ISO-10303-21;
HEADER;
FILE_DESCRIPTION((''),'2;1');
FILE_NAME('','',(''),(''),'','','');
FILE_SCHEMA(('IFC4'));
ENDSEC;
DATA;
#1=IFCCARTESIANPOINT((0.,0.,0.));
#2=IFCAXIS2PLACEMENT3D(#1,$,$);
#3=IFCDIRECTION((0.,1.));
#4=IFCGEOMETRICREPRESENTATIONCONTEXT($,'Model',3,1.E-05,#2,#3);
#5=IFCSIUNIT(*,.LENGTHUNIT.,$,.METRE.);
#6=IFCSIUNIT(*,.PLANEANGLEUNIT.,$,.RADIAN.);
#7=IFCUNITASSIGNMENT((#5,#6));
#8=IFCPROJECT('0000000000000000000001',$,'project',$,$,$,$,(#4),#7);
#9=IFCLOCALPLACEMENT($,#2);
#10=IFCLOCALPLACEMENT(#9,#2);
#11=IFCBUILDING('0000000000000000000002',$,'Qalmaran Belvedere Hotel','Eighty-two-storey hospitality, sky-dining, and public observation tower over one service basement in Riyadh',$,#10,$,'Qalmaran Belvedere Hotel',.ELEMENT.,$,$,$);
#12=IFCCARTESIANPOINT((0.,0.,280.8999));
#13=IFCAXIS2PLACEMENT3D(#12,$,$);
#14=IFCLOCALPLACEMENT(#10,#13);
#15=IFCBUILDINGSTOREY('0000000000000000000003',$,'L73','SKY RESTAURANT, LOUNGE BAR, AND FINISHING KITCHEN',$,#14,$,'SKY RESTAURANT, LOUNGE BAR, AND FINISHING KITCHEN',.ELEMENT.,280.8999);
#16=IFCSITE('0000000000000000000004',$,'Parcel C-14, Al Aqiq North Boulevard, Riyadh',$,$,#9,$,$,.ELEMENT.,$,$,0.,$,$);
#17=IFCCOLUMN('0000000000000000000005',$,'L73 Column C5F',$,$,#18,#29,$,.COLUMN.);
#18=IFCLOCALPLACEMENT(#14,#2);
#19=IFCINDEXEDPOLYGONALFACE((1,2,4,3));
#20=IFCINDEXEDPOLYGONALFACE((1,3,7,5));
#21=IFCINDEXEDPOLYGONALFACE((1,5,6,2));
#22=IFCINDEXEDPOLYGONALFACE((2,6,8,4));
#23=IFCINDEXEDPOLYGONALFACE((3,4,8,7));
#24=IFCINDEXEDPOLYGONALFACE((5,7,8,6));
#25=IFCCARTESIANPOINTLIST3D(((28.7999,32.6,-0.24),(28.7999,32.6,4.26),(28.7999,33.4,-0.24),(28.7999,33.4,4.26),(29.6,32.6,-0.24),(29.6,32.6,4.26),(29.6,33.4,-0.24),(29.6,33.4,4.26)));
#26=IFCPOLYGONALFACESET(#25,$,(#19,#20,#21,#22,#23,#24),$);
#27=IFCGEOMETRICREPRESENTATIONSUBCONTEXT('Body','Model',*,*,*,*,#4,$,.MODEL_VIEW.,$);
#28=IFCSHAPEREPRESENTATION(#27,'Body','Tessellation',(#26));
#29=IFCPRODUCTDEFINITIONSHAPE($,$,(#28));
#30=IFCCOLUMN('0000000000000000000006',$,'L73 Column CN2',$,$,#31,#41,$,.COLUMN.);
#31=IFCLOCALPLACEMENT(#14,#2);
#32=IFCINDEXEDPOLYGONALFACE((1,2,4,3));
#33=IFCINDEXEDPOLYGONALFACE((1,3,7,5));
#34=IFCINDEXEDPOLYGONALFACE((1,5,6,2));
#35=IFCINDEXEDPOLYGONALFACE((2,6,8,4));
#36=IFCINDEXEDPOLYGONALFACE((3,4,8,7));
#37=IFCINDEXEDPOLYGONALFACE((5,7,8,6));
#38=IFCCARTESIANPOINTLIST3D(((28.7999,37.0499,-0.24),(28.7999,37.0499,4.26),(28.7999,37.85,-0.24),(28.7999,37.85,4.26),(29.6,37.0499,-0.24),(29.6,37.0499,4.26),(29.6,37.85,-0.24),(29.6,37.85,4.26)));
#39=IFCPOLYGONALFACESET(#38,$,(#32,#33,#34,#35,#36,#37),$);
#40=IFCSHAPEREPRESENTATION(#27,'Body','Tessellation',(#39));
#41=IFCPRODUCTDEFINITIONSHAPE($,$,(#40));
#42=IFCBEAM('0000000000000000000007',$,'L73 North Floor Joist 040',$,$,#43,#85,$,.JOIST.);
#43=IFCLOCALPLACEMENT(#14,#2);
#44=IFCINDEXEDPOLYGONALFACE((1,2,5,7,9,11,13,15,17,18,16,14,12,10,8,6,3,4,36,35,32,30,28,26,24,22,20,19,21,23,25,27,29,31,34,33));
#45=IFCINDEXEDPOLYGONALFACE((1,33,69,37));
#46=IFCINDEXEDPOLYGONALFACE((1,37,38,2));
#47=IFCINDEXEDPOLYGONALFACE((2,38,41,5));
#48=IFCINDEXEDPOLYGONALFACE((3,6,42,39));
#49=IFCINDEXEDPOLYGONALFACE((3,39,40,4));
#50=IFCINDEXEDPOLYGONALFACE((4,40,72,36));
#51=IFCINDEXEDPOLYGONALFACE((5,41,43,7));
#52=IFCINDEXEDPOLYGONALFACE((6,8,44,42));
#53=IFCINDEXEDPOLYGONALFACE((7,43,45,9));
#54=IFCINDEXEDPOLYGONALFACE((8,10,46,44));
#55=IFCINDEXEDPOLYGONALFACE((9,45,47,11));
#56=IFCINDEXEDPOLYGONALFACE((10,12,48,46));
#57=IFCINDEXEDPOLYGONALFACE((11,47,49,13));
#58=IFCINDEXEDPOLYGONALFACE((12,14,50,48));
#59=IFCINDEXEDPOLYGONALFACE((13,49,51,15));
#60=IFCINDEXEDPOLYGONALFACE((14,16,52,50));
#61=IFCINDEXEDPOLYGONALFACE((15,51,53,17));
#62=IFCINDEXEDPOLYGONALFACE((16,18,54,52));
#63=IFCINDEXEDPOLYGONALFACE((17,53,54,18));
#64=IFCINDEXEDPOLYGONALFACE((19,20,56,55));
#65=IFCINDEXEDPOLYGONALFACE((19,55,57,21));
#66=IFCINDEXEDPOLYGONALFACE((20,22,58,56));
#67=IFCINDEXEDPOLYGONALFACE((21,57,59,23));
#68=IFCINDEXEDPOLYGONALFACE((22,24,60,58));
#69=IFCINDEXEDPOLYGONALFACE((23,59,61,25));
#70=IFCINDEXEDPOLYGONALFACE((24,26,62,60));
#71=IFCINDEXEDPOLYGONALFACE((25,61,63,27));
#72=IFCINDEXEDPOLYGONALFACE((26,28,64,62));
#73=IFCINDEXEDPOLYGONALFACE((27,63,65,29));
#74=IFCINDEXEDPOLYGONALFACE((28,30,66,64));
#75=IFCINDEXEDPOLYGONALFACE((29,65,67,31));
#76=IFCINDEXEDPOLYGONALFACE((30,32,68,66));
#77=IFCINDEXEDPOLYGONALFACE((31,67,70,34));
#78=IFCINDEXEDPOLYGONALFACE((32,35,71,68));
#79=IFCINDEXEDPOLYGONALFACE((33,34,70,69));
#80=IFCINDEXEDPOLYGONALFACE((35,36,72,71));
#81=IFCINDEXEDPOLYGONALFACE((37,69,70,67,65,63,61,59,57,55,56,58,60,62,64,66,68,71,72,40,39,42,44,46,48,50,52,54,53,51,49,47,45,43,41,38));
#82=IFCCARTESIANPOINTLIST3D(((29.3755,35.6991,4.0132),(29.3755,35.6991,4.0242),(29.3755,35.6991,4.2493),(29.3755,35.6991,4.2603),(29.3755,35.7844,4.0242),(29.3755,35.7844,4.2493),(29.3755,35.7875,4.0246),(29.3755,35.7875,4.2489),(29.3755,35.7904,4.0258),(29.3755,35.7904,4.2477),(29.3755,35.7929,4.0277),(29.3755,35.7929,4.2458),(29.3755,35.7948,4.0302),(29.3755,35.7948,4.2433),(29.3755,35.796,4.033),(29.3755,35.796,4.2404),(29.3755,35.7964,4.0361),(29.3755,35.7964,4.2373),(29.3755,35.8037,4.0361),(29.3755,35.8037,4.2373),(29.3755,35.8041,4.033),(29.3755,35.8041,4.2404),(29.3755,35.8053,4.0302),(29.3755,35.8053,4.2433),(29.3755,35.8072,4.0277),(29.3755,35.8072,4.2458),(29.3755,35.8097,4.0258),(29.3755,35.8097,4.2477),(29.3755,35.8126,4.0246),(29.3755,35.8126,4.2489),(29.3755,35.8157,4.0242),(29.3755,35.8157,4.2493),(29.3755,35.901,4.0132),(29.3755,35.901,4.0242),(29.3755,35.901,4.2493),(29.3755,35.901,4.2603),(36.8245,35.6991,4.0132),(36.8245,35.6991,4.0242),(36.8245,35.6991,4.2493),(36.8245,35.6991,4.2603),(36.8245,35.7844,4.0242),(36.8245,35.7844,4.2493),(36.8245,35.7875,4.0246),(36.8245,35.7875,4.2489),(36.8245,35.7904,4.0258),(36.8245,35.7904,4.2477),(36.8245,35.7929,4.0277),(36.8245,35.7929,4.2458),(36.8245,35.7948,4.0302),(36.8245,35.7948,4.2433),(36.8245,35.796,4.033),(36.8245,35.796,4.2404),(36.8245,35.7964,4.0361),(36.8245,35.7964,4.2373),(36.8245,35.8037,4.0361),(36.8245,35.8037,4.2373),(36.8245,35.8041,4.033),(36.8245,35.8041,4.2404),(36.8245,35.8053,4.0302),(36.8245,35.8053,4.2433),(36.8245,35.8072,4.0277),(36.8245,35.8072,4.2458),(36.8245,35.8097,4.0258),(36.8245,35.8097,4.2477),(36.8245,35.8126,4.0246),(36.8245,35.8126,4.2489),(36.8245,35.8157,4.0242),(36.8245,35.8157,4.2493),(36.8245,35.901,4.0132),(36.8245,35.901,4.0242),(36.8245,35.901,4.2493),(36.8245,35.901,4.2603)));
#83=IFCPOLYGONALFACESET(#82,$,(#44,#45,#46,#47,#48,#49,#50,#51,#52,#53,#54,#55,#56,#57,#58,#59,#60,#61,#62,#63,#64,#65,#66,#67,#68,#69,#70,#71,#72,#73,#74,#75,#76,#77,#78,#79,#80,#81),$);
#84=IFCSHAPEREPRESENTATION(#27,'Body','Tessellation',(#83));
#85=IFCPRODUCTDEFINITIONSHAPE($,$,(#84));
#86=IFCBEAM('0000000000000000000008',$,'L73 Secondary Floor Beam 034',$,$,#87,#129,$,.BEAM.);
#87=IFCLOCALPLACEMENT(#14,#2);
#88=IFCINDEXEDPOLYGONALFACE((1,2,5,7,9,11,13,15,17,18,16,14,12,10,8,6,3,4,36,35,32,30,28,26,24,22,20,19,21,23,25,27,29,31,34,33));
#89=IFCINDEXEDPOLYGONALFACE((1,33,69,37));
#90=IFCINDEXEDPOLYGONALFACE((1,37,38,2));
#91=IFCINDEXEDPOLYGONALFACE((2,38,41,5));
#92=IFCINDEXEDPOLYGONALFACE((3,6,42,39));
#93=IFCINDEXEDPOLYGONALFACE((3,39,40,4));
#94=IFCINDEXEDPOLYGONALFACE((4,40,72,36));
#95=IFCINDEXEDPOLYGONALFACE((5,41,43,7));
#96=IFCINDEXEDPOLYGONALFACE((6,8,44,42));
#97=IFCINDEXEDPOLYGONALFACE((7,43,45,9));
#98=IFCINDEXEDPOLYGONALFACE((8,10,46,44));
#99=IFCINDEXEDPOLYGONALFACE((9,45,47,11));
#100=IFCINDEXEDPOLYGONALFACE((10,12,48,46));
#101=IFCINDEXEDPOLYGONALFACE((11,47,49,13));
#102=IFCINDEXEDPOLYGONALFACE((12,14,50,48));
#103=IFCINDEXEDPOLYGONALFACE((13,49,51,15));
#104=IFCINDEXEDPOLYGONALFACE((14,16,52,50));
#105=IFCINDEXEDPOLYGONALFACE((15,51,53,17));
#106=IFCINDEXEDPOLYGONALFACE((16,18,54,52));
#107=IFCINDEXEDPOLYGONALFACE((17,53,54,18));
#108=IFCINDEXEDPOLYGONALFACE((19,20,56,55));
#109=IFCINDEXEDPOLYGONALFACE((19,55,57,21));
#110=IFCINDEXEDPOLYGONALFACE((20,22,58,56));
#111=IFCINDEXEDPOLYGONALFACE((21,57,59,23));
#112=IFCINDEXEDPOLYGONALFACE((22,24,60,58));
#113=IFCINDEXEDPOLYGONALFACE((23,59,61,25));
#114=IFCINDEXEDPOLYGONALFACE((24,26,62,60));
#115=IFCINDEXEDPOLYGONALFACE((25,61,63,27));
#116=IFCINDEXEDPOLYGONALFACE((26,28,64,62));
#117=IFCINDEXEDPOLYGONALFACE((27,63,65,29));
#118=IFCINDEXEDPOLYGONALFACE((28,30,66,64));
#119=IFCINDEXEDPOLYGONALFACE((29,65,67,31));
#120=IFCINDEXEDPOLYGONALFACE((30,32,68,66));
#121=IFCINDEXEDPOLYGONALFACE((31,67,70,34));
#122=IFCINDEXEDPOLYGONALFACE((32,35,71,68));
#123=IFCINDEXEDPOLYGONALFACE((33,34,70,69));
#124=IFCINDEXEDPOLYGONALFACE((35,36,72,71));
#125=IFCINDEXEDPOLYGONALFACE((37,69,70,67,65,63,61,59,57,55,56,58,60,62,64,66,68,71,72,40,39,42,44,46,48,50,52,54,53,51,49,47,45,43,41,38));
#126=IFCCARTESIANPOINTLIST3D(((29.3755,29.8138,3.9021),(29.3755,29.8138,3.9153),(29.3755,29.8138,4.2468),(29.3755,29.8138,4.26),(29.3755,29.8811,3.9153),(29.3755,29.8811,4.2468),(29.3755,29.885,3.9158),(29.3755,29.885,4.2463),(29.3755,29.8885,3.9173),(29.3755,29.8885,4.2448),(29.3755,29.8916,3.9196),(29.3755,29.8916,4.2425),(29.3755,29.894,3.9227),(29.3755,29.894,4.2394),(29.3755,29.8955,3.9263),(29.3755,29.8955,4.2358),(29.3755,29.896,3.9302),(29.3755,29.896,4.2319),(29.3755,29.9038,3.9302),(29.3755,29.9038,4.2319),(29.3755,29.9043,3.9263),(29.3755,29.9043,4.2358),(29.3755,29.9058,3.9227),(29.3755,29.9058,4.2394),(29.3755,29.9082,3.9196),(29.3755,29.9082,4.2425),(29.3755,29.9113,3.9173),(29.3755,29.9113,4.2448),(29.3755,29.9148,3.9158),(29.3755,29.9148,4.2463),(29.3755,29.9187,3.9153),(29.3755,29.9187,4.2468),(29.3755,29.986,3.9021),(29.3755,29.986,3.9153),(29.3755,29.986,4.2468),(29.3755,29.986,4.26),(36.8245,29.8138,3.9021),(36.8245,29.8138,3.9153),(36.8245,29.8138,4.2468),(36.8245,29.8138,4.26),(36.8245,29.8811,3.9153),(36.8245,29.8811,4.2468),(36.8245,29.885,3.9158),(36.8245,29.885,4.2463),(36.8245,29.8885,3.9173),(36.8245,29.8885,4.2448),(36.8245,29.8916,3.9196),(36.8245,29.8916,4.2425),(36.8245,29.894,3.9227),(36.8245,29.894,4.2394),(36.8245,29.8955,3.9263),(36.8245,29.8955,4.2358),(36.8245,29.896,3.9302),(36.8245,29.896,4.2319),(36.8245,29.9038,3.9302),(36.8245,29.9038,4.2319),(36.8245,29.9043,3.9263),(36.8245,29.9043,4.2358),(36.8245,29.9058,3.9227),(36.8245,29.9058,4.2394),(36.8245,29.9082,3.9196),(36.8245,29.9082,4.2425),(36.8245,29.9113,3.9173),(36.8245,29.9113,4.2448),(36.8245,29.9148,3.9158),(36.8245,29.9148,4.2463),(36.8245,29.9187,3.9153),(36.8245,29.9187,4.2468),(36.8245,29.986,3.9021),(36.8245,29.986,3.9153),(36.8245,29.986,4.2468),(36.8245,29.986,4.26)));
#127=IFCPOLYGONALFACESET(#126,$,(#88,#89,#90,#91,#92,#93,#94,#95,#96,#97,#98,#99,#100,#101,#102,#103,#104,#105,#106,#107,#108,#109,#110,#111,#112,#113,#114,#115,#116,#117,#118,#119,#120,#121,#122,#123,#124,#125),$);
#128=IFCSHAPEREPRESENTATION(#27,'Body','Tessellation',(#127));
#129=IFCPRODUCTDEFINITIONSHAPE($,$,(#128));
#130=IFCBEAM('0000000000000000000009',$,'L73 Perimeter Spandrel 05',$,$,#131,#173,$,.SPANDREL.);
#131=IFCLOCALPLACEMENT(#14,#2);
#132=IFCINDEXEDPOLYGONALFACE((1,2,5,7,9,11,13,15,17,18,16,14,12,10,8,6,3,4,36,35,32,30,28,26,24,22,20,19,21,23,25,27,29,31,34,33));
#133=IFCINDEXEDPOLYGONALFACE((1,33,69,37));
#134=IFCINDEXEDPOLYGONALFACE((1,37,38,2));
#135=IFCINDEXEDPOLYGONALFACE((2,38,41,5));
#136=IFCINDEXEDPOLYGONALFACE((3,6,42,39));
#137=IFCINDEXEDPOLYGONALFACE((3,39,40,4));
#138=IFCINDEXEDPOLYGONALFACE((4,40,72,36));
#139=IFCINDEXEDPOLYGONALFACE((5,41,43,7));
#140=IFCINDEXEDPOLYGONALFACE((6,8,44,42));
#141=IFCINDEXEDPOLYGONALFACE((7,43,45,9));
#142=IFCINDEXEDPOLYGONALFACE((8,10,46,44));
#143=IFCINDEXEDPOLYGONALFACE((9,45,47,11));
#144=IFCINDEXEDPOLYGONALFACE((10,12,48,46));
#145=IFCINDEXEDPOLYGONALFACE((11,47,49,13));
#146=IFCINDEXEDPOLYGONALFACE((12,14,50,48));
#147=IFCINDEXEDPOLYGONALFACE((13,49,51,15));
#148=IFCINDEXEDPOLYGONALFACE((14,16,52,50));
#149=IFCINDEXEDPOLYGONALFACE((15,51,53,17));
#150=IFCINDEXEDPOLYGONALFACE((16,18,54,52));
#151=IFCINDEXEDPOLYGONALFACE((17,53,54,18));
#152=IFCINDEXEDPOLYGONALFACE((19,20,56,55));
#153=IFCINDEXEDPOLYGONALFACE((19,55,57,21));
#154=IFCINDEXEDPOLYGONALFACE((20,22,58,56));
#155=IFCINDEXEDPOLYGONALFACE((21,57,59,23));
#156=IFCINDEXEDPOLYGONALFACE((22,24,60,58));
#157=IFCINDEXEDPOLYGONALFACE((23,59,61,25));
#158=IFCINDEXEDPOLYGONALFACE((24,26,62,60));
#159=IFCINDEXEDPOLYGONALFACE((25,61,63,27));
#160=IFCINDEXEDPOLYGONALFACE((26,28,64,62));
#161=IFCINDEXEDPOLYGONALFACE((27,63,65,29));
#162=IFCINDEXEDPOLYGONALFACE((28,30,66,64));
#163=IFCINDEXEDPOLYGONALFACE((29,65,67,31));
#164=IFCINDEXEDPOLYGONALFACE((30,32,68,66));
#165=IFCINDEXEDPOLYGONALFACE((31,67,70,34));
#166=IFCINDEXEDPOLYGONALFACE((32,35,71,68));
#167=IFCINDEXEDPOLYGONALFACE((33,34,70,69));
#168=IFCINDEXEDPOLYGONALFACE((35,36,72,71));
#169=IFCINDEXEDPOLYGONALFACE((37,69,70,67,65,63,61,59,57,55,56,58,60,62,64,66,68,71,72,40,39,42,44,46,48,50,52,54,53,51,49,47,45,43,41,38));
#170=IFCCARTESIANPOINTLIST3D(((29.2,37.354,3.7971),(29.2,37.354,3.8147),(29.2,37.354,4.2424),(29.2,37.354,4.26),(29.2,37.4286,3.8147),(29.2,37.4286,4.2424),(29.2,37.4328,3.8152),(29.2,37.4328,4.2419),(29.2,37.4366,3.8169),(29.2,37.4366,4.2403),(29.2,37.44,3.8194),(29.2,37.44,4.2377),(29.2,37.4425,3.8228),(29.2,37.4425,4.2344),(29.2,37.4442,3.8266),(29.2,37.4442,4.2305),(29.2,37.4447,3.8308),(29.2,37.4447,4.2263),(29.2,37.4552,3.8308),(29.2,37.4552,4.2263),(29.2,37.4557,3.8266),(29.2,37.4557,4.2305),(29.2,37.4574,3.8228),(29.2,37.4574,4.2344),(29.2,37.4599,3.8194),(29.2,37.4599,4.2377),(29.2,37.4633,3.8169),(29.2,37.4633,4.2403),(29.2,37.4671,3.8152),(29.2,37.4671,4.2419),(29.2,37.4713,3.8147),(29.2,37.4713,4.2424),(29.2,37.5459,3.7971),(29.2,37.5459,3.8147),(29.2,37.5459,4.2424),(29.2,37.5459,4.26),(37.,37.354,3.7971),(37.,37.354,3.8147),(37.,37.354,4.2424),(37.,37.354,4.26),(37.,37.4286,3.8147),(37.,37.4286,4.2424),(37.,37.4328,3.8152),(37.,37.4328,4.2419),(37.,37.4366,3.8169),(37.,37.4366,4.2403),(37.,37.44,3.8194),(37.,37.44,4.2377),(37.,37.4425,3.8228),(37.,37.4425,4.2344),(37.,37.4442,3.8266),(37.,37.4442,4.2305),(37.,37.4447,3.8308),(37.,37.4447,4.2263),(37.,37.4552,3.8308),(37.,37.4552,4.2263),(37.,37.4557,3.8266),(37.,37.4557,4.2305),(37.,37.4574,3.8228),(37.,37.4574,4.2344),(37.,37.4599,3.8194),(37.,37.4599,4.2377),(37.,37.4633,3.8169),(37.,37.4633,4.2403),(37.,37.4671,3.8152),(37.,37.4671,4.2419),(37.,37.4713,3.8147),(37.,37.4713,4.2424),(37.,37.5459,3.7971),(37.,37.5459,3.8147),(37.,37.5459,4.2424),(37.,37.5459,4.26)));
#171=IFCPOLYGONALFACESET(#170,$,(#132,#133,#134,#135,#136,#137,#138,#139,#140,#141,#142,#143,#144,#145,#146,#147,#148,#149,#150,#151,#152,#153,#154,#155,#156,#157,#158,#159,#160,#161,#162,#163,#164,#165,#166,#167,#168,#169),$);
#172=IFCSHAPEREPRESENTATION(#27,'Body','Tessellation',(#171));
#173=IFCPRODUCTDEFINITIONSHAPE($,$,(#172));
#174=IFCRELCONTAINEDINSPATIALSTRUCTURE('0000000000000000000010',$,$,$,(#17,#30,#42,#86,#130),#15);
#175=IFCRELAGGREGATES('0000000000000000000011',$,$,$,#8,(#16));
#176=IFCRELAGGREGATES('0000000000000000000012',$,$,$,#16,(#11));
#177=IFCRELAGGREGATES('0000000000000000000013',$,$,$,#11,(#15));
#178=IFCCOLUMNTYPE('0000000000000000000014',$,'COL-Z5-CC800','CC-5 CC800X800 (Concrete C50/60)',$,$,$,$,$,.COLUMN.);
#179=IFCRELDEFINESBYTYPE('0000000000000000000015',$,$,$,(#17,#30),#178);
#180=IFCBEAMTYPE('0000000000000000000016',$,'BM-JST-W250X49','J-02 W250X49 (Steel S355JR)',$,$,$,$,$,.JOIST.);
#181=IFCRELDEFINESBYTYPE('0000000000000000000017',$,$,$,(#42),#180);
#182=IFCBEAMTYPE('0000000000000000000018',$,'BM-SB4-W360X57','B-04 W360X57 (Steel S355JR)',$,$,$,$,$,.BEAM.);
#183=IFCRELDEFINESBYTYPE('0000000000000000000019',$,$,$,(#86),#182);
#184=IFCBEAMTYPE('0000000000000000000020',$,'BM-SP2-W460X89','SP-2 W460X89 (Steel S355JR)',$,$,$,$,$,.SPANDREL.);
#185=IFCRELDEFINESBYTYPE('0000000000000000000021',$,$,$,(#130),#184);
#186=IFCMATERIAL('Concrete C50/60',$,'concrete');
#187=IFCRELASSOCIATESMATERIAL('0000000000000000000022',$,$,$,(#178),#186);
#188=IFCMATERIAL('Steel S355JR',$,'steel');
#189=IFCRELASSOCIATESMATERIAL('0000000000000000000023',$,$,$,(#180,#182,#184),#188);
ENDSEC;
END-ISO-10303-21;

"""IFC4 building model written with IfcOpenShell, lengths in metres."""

from ifc_helpers import new_model, si_unit, direction, frame, origin, origin_2d, place, context, subcontext, project, spatial, rectangle, i_section, extrude, material, material_profile, profile_set, type_object, element, save


model = new_model("IFC4")

# Units and contexts
model_context = context("Model", 3, precision=1e-05, world=origin(), true_north=direction((0.0, 1.0)))
body_context = subcontext(model_context, "Body", "Model", "MODEL_VIEW")
ifc_project = project(units=[si_unit("LENGTHUNIT", "METRE"), si_unit("PLANEANGLEUNIT", "RADIAN")], contexts=[model_context])

# Site, building, storey
site_placement = place(None, origin())
site = spatial("IfcSite", under=ifc_project, at=site_placement, Name="Parcel C-14, Al Aqiq North Boulevard, Riyadh", CompositionType="ELEMENT", RefElevation=0.0)
building_placement = place(site_placement, origin())
building = spatial("IfcBuilding", under=site, at=building_placement, Name="Qalmaran Belvedere Hotel", Description="Eighty-two-storey hospitality, sky-dining, and public observation tower over one service basement in Riyadh", LongName="Qalmaran Belvedere Hotel", CompositionType="ELEMENT")
storey_placement = place(building_placement, frame((0.0, 0.0, 280.8999)))
storey = spatial("IfcBuildingStorey", under=building, at=storey_placement, Name="L73", Description="SKY RESTAURANT, LOUNGE BAR, AND FINISHING KITCHEN", LongName="SKY RESTAURANT, LOUNGE BAR, AND FINISHING KITCHEN", CompositionType="ELEMENT", Elevation=280.8999)

# Columns
ifc_material_1 = material(Name="Concrete C50/60", Category="concrete")
ifc_material_profile_1 = material_profile(ifc_material_1, rectangle(XDim=0.8, YDim=0.8, at=origin_2d()), Name="CC800X800")
ifc_profile_set_1 = profile_set([ifc_material_profile_1], Name="Concrete C50/60")
column_type = type_object("IfcColumnType", Name="COL-Z5-CC800", Description="CC-5 CC800X800 (Concrete C50/60)", PredefinedType="COLUMN", material=ifc_profile_set_1)
for number, where, z_axis, x_axis, name in (
    (1, (29.2, 33.0, -0.24), (0.0, 0.0, 1.0), (1.0, 0.0, 0.0), "L73 Column C5F"),
    (2, (29.2, 37.45, -0.24), (0.0, 0.0, 1.0), (1.0, 0.0, 0.0), "L73 Column CN2"),
):
    element("IfcColumn", number, at=place(storey_placement, frame(where, z_axis=z_axis, x_axis=x_axis)), inside=storey, type_object=column_type, Name=name, PredefinedType="COLUMN", context=body_context, shape_type="SweptSolid", body=[
        extrude(rectangle(XDim=0.8, YDim=0.8, at=origin_2d()), origin(), (0.0, 0.0, 1.0), 4.5),
    ])

# Beams
ifc_material_2 = material(Name="Steel S355JR", Category="steel")
ifc_material_profile_2 = material_profile(ifc_material_2, i_section(OverallWidth=0.2019, OverallDepth=0.2471, WebThickness=0.0073, FlangeThickness=0.011, FilletRadius=0.012, at=origin_2d()), Name="W250X49")
ifc_profile_set_2 = profile_set([ifc_material_profile_2], Name="Steel S355JR")
beam_type_1 = type_object("IfcBeamType", Name="BM-JST-W250X49", Description="J-02 W250X49 (Steel S355JR)", PredefinedType="JOIST", material=ifc_profile_set_2)
beam_1_placement = place(storey_placement, frame((29.3755, 35.8, 4.1367), z_axis=(1.0, 0.0, 0.0), x_axis=(0.0, 1.0, 0.0)))
element("IfcBeam", 3, at=beam_1_placement, inside=storey, type_object=beam_type_1, Name="L73 North Floor Joist 040", PredefinedType="JOIST", context=body_context, shape_type="SweptSolid", body=[
    extrude(i_section(OverallWidth=0.2019, OverallDepth=0.2471, WebThickness=0.0073, FlangeThickness=0.011, FilletRadius=0.012, at=origin_2d()), origin(), (0.0, 0.0, 1.0), 7.449),
])
ifc_material_profile_3 = material_profile(ifc_material_2, i_section(OverallWidth=0.1721, OverallDepth=0.3579, WebThickness=0.0078, FlangeThickness=0.0132, FilletRadius=0.0149, at=origin_2d()), Name="W360X57")
ifc_profile_set_3 = profile_set([ifc_material_profile_3], Name="Steel S355JR")
beam_type_2 = type_object("IfcBeamType", Name="BM-SB4-W360X57", Description="B-04 W360X57 (Steel S355JR)", PredefinedType="BEAM", material=ifc_profile_set_3)
beam_2_placement = place(storey_placement, frame((29.3755, 29.8999, 4.0811), z_axis=(1.0, 0.0, 0.0), x_axis=(0.0, 1.0, 0.0)))
element("IfcBeam", 4, at=beam_2_placement, inside=storey, type_object=beam_type_2, Name="L73 Secondary Floor Beam 034", PredefinedType="BEAM", context=body_context, shape_type="SweptSolid", body=[
    extrude(i_section(OverallWidth=0.1721, OverallDepth=0.3579, WebThickness=0.0078, FlangeThickness=0.0132, FilletRadius=0.0149, at=origin_2d()), origin(), (0.0, 0.0, 1.0), 7.449),
])
ifc_material_profile_4 = material_profile(ifc_material_2, i_section(OverallWidth=0.1919, OverallDepth=0.4629, WebThickness=0.0105, FlangeThickness=0.0176, FilletRadius=0.0161, at=origin_2d()), Name="W460X89")
ifc_profile_set_4 = profile_set([ifc_material_profile_4], Name="Steel S355JR")
beam_type_3 = type_object("IfcBeamType", Name="BM-SP2-W460X89", Description="SP-2 W460X89 (Steel S355JR)", PredefinedType="SPANDREL", material=ifc_profile_set_4)
beam_3_placement = place(storey_placement, frame((29.2, 37.45, 4.0286), z_axis=(1.0, 0.0, 0.0), x_axis=(0.0, 1.0, 0.0)))
element("IfcBeam", 5, at=beam_3_placement, inside=storey, type_object=beam_type_3, Name="L73 Perimeter Spandrel 05", PredefinedType="SPANDREL", context=body_context, shape_type="SweptSolid", body=[
    extrude(i_section(OverallWidth=0.1919, OverallDepth=0.4629, WebThickness=0.0105, FlangeThickness=0.0176, FilletRadius=0.0161, at=origin_2d()), origin(), (0.0, 0.0, 1.0), 7.8),
])

save(model, "model.ifc")
